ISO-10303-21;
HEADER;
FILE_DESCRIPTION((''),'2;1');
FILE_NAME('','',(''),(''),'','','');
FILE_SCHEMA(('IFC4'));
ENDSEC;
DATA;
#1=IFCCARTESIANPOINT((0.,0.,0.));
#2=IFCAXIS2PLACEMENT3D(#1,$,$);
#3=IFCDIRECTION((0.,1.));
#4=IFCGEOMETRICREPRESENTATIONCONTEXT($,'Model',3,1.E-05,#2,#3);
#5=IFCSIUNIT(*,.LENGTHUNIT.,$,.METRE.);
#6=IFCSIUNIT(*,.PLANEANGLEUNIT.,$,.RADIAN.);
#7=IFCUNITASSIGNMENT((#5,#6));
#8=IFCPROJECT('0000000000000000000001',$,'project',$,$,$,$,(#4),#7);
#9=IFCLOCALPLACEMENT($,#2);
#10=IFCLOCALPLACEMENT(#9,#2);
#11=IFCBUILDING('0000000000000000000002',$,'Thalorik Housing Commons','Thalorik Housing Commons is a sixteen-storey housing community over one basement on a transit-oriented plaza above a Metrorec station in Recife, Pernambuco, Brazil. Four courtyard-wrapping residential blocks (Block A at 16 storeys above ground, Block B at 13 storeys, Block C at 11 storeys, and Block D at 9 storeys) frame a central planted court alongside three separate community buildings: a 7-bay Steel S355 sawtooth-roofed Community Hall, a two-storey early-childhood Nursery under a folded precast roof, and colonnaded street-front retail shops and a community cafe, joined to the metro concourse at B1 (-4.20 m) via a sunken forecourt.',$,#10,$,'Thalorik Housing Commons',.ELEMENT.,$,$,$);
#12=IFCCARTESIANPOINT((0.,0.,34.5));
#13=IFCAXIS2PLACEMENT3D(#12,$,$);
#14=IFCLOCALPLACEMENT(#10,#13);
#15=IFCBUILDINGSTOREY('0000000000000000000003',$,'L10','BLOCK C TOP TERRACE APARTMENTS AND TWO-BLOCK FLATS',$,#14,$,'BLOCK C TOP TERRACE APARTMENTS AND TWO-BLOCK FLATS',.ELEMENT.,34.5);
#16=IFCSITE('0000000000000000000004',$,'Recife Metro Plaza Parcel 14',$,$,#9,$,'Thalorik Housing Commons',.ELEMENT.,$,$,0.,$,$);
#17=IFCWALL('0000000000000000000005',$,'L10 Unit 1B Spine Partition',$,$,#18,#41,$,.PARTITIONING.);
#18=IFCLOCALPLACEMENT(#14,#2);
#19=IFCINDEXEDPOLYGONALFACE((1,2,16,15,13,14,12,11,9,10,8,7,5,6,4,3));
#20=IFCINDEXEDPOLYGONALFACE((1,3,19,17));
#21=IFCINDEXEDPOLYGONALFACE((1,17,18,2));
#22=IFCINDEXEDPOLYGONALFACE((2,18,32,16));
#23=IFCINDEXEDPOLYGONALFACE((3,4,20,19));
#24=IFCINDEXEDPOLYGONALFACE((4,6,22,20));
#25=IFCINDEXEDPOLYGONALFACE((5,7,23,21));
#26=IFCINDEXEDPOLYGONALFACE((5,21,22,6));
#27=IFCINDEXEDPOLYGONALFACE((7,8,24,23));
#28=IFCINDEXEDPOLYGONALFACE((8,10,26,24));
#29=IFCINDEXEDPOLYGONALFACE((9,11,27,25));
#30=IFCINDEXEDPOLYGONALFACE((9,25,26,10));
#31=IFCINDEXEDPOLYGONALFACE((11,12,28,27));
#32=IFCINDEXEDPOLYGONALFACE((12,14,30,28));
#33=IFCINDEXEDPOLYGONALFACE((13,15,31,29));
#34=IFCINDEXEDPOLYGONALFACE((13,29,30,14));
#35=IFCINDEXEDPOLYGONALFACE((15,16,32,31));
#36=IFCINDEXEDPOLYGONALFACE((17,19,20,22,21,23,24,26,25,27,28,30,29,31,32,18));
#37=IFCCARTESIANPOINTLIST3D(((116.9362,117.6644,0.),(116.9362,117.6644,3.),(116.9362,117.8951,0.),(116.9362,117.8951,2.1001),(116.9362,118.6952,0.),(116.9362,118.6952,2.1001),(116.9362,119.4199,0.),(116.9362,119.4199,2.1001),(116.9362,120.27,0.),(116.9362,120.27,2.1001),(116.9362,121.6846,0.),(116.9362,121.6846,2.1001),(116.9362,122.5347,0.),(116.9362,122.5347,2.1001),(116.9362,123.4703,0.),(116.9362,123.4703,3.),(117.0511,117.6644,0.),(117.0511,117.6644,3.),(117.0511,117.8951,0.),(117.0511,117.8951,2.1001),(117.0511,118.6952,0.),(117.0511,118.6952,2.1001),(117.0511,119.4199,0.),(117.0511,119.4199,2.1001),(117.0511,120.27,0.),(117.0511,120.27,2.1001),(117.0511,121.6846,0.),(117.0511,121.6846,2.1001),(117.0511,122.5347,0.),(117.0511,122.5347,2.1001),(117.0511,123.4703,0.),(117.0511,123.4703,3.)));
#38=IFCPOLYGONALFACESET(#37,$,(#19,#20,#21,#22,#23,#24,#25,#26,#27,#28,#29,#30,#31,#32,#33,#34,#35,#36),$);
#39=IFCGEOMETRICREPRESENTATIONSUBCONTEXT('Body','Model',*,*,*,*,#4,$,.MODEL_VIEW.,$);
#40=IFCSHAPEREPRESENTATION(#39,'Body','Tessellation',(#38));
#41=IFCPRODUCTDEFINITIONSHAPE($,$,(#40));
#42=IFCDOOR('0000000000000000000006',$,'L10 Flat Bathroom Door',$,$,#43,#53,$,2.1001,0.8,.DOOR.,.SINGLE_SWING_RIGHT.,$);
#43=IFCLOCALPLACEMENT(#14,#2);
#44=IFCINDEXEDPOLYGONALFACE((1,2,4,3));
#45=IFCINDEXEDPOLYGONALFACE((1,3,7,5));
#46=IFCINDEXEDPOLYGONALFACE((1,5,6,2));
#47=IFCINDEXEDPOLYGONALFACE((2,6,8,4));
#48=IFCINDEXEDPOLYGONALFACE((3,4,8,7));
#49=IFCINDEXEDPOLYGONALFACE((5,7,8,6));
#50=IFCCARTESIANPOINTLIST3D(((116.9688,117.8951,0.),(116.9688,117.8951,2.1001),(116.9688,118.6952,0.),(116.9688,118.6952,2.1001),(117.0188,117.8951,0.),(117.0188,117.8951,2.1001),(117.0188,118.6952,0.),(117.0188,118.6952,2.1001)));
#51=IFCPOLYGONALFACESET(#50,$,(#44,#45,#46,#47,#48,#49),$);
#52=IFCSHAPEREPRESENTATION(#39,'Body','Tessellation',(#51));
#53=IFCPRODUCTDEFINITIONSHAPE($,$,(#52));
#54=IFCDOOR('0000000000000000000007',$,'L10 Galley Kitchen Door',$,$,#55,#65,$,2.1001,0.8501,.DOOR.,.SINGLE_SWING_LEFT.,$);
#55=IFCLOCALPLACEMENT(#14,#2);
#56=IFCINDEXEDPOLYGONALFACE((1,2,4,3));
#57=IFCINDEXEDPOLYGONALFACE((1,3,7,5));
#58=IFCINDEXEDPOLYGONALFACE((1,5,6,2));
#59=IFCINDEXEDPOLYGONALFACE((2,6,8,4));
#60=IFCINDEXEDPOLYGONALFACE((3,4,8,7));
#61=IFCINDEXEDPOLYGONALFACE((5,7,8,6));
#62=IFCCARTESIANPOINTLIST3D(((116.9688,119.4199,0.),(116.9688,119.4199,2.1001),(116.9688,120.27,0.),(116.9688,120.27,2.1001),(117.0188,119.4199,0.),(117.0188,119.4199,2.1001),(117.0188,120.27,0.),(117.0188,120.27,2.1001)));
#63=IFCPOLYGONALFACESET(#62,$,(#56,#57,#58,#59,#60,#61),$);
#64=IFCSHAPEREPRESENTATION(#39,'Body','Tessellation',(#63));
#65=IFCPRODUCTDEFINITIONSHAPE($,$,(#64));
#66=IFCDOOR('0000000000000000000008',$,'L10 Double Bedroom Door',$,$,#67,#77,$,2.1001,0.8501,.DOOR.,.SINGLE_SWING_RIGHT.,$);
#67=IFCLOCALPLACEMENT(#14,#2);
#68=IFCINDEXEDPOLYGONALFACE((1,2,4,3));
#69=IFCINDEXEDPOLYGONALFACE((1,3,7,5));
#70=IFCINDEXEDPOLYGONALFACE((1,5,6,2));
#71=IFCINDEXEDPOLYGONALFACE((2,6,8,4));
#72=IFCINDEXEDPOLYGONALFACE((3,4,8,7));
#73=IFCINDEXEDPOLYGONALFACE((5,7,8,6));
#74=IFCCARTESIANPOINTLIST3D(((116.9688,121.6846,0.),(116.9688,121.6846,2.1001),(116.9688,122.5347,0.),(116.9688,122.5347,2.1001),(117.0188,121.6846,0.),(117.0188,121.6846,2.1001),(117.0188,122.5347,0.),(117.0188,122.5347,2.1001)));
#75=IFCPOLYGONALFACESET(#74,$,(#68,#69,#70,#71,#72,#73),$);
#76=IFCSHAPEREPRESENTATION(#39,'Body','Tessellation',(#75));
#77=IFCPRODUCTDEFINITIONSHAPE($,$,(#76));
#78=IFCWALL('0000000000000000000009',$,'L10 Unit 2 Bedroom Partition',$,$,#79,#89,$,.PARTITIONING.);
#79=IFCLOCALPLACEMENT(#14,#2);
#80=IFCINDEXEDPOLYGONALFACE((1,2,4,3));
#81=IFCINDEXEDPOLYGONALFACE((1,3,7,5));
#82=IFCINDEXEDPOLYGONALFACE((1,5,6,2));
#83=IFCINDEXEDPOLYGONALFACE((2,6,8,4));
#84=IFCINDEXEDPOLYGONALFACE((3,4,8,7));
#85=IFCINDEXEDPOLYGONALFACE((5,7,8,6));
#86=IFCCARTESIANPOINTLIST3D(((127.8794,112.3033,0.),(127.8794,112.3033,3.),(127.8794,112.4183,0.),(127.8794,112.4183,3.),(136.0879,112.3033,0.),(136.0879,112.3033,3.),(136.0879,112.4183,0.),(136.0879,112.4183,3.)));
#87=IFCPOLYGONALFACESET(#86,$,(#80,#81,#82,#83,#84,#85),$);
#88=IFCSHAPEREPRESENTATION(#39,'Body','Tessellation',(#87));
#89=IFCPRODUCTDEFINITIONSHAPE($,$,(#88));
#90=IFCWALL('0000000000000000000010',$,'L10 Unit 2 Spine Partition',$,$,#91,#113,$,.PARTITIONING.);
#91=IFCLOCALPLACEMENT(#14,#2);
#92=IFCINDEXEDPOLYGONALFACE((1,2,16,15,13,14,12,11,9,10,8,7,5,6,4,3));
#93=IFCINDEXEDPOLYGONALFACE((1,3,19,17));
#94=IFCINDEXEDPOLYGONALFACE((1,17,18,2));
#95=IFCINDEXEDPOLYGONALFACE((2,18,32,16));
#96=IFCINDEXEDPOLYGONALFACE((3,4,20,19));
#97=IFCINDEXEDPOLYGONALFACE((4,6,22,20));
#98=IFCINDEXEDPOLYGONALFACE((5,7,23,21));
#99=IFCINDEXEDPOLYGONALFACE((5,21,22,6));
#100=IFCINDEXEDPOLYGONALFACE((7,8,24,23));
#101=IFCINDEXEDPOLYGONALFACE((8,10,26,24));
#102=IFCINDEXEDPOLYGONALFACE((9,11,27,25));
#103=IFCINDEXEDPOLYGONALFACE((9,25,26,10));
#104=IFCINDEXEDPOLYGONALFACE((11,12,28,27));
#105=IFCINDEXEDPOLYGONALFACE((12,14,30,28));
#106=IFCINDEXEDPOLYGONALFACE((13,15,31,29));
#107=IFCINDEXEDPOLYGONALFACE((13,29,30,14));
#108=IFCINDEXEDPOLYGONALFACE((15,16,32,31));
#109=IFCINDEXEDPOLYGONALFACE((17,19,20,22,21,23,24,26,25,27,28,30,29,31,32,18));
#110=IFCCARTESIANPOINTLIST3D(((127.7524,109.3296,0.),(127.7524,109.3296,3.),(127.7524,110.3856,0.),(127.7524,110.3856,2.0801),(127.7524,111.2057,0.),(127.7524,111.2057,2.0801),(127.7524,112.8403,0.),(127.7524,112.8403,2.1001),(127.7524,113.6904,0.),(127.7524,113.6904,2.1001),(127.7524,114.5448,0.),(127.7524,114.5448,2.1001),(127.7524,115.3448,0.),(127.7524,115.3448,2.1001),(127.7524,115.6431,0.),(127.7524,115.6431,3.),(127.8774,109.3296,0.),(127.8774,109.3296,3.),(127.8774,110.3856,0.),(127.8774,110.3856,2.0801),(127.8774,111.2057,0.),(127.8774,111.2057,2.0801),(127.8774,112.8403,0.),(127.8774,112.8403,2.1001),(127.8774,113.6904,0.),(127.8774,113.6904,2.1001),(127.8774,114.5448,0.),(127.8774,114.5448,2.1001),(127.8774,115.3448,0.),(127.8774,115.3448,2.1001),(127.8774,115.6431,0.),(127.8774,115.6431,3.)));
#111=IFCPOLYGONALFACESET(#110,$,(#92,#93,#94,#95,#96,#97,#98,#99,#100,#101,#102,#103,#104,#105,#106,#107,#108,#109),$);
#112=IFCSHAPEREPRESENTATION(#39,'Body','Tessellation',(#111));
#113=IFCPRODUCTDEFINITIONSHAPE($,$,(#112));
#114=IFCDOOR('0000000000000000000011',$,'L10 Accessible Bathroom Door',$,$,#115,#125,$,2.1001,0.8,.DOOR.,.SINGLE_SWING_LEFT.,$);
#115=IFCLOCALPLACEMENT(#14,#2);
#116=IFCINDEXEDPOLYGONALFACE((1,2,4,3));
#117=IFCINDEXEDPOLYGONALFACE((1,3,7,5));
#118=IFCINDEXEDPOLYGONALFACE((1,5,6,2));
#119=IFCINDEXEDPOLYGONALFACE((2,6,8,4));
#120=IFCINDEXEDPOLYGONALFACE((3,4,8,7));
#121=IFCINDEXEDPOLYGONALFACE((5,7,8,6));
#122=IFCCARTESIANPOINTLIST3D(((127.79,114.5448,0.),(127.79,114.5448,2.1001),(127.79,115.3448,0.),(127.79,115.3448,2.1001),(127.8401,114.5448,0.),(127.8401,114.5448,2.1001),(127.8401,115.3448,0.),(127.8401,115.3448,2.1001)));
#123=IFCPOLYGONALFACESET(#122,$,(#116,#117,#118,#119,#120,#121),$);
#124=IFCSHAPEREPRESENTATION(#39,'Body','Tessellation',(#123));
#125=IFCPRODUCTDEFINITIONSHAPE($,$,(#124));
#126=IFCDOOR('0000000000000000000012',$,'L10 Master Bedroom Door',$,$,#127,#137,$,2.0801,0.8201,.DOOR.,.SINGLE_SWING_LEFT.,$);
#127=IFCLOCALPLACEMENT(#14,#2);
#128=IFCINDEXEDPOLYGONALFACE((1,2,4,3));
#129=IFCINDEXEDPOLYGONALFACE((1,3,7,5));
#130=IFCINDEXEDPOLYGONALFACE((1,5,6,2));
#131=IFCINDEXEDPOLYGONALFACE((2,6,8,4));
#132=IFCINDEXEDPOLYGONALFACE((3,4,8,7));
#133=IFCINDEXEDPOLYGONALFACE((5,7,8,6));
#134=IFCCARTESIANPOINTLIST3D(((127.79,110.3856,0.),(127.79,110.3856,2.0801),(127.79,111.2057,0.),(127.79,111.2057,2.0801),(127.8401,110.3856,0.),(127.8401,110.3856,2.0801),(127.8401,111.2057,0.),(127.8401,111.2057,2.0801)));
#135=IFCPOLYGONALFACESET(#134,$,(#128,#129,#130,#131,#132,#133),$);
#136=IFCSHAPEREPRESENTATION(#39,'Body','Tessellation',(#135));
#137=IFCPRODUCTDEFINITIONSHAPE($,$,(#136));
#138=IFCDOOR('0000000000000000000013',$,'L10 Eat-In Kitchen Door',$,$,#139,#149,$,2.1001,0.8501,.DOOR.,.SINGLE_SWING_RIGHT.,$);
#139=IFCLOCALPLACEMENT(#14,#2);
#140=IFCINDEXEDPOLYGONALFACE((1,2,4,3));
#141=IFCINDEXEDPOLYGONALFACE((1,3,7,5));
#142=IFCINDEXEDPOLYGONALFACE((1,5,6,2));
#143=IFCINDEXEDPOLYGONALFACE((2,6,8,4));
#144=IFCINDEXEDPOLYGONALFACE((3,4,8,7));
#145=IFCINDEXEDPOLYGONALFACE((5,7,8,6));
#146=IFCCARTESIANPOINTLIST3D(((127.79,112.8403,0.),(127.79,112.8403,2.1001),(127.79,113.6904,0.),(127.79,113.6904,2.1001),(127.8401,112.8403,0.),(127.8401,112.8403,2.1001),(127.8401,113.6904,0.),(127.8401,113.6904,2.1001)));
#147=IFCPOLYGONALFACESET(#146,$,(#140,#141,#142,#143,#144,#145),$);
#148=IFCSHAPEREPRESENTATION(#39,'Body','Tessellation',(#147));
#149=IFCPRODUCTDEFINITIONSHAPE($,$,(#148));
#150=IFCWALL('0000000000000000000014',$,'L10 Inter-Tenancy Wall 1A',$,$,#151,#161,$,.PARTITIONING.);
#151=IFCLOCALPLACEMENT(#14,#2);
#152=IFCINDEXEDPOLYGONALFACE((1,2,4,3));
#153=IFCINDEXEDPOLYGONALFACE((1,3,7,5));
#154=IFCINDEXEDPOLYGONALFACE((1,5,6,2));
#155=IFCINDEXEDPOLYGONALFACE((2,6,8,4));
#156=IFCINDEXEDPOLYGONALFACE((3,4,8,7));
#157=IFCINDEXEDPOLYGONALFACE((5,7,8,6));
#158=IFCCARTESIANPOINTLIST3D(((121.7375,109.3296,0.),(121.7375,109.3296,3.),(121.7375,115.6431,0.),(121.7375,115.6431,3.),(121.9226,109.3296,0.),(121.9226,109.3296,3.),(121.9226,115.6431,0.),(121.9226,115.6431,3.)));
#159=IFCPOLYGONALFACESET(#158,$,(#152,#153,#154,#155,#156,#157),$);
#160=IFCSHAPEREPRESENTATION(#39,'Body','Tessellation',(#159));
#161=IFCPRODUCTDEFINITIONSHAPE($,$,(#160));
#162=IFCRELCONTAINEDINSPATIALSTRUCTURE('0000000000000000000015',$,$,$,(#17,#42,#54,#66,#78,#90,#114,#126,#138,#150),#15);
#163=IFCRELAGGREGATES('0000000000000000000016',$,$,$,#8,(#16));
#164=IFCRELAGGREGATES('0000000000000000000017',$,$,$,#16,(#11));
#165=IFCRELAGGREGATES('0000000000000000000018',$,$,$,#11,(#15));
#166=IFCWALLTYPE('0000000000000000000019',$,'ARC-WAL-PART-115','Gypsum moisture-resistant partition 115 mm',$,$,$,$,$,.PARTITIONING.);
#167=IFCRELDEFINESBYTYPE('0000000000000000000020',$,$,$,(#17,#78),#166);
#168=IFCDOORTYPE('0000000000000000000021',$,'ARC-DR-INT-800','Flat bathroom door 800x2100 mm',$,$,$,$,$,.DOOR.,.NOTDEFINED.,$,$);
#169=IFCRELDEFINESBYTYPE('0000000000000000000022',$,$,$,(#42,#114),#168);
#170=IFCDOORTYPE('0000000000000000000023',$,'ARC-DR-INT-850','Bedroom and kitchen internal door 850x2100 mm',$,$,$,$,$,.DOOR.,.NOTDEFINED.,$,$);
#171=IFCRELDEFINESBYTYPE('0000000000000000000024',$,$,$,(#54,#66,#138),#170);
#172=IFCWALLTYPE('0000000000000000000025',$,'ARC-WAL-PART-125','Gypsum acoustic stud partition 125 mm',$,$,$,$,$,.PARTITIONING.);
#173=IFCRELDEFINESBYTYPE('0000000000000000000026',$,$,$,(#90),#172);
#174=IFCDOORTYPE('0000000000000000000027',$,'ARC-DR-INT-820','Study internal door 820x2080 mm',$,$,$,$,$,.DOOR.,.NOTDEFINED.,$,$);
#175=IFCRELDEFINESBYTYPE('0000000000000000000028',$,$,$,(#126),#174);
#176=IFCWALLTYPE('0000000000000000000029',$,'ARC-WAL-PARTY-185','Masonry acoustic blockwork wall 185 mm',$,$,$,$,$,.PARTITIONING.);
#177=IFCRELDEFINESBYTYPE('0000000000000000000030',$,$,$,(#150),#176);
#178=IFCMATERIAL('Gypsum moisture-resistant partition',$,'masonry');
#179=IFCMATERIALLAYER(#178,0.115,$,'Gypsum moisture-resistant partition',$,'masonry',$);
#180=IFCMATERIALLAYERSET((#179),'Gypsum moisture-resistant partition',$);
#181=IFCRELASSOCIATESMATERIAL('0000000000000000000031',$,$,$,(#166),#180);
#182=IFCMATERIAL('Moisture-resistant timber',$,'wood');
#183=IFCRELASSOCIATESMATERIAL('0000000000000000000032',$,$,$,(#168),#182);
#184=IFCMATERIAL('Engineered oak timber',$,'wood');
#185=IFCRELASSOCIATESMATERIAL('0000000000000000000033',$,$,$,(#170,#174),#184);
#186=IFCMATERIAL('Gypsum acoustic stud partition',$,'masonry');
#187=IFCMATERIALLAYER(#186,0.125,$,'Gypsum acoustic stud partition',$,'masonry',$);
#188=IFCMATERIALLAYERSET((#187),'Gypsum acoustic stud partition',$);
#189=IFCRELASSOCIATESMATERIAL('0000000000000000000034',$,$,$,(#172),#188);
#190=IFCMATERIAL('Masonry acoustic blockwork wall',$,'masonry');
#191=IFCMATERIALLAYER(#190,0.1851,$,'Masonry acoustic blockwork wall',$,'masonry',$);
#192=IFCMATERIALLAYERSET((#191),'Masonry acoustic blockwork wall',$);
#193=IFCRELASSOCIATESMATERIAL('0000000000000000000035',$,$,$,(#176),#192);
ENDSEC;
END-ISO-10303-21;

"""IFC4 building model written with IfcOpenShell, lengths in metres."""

from ifc_helpers import new_model, si_unit, direction, frame, frame_2d, origin, place, context, subcontext, project, spatial, rectangle, extrude, material, layer, layer_set, type_object, element, fill, save


model = new_model("IFC4")

# Units and contexts
model_context = context("Model", 3, precision=1e-05, world=origin(), true_north=direction((0.0, 1.0)))
body_context = subcontext(model_context, "Body", "Model", "MODEL_VIEW")
ifc_project = project(units=[si_unit("LENGTHUNIT", "METRE"), si_unit("PLANEANGLEUNIT", "RADIAN")], contexts=[model_context])

# Site, building, storey
site_placement = place(None, origin())
site = spatial("IfcSite", under=ifc_project, at=site_placement, Name="Recife Metro Plaza Parcel 14", LongName="Thalorik Housing Commons", CompositionType="ELEMENT", RefElevation=0.0)
building_placement = place(site_placement, origin())
building = spatial("IfcBuilding", under=site, at=building_placement, Name="Thalorik Housing Commons", Description="Thalorik Housing Commons is a sixteen-storey housing community over one basement on a transit-oriented plaza above a Metrorec station in Recife, Pernambuco, Brazil. Four courtyard-wrapping residential blocks (Block A at 16 storeys above ground, Block B at 13 storeys, Block C at 11 storeys, and Block D at 9 storeys) frame a central planted court alongside three separate community buildings: a 7-bay Steel S355 sawtooth-roofed Community Hall, a two-storey early-childhood Nursery under a folded precast roof, and colonnaded street-front retail shops and a community cafe, joined to the metro concourse at B1 (-4.20 m) via a sunken forecourt.", LongName="Thalorik Housing Commons", CompositionType="ELEMENT")
storey_placement = place(building_placement, frame((0.0, 0.0, 34.5)))
storey = spatial("IfcBuildingStorey", under=building, at=storey_placement, Name="L10", Description="BLOCK C TOP TERRACE APARTMENTS AND TWO-BLOCK FLATS", LongName="BLOCK C TOP TERRACE APARTMENTS AND TWO-BLOCK FLATS", CompositionType="ELEMENT", Elevation=34.5)

# Wall, openings, doors
ifc_material_1 = material(Name="Gypsum moisture-resistant partition", Category="masonry")
ifc_layer_1 = layer(ifc_material_1, 0.115, Name="Gypsum moisture-resistant partition", Category="masonry")
ifc_layer_set_1 = layer_set([ifc_layer_1], Name="Gypsum moisture-resistant partition")
wall_type_1 = type_object("IfcWallType", Name="ARC-WAL-PART-115", Description="Gypsum moisture-resistant partition 115 mm", PredefinedType="PARTITIONING", material=ifc_layer_set_1)
wall_1_placement = place(storey_placement, frame((116.9937, 117.6646, 0.0), z_axis=(0.0, 0.0, 1.0), x_axis=(0.0, 1.0, 0.0)))
wall_1 = element("IfcWall", 1, at=wall_1_placement, inside=storey, type_object=wall_type_1, Name="L10 Unit 1B Spine Partition", PredefinedType="PARTITIONING", context=body_context, shape_type="SweptSolid", body=[
    extrude(rectangle(XDim=5.8059, YDim=0.115, at=frame_2d((2.9028, 0.0))), origin(), (0.0, 0.0, 1.0), 3.0),
])
opening_1_placement = place(wall_1_placement, frame((0.2307, 0.0, 0.0)))
opening_1 = element("IfcOpeningElement", 2, at=opening_1_placement, cuts=wall_1, PredefinedType="OPENING", context=body_context, shape_type="SweptSolid", body=[
    extrude(rectangle(XDim=0.8, YDim=2.1001, at=frame_2d((0.3999, 1.05))), frame((0.0, 0.0674, 0.0), z_axis=(0.0, -1.0, 0.0), x_axis=(1.0, 0.0, 0.0)), (0.0, 0.0, 1.0), 0.135),
])
opening_2_placement = place(wall_1_placement, frame((1.7554, 0.0, 0.0)))
opening_2 = element("IfcOpeningElement", 3, at=opening_2_placement, cuts=wall_1, PredefinedType="OPENING", context=body_context, shape_type="SweptSolid", body=[
    extrude(rectangle(XDim=0.8501, YDim=2.1001, at=frame_2d((0.425, 1.05))), frame((0.0, 0.0674, 0.0), z_axis=(0.0, -1.0, 0.0), x_axis=(1.0, 0.0, 0.0)), (0.0, 0.0, 1.0), 0.135),
])
opening_3_placement = place(wall_1_placement, frame((4.02, 0.0, 0.0)))
opening_3 = element("IfcOpeningElement", 4, at=opening_3_placement, cuts=wall_1, PredefinedType="OPENING", context=body_context, shape_type="SweptSolid", body=[
    extrude(rectangle(XDim=0.8501, YDim=2.1001, at=frame_2d((0.425, 1.05))), frame((0.0, 0.0674, 0.0), z_axis=(0.0, -1.0, 0.0), x_axis=(1.0, 0.0, 0.0)), (0.0, 0.0, 1.0), 0.135),
])
ifc_material_2 = material(Name="Moisture-resistant timber", Category="wood")
door_type_1 = type_object("IfcDoorType", Name="ARC-DR-INT-800", Description="Flat bathroom door 800x2100 mm", OperationType="NOTDEFINED", PredefinedType="DOOR", material=ifc_material_2)
door_1_placement = place(opening_1_placement, origin())
door_1 = element("IfcDoor", 5, at=door_1_placement, inside=storey, type_object=door_type_1, Name="L10 Flat Bathroom Door", OperationType="SINGLE_SWING_RIGHT", OverallHeight=2.1001, OverallWidth=0.8, PredefinedType="DOOR", context=body_context, shape_type="SweptSolid", body=[
    extrude(rectangle(XDim=0.8, YDim=2.1001, at=frame_2d((0.3999, 1.05))), frame((0.0, 0.0249, 0.0), z_axis=(0.0, -1.0, 0.0), x_axis=(1.0, 0.0, 0.0)), (0.0, 0.0, 1.0), 0.05),
])
fill(opening_1, door_1)
ifc_material_3 = material(Name="Engineered oak timber", Category="wood")
door_type_2 = type_object("IfcDoorType", Name="ARC-DR-INT-850", Description="Bedroom and kitchen internal door 850x2100 mm", OperationType="NOTDEFINED", PredefinedType="DOOR", material=ifc_material_3)
door_2_placement = place(opening_2_placement, origin())
door_2 = element("IfcDoor", 6, at=door_2_placement, inside=storey, type_object=door_type_2, Name="L10 Galley Kitchen Door", OperationType="SINGLE_SWING_LEFT", OverallHeight=2.1001, OverallWidth=0.8501, PredefinedType="DOOR", context=body_context, shape_type="SweptSolid", body=[
    extrude(rectangle(XDim=0.8501, YDim=2.1001, at=frame_2d((0.425, 1.05))), frame((0.0, 0.0249, 0.0), z_axis=(0.0, -1.0, 0.0), x_axis=(1.0, 0.0, 0.0)), (0.0, 0.0, 1.0), 0.05),
])
fill(opening_2, door_2)
door_3_placement = place(opening_3_placement, origin())
door_3 = element("IfcDoor", 7, at=door_3_placement, inside=storey, type_object=door_type_2, Name="L10 Double Bedroom Door", OperationType="SINGLE_SWING_RIGHT", OverallHeight=2.1001, OverallWidth=0.8501, PredefinedType="DOOR", context=body_context, shape_type="SweptSolid", body=[
    extrude(rectangle(XDim=0.8501, YDim=2.1001, at=frame_2d((0.425, 1.05))), frame((0.0, 0.0249, 0.0), z_axis=(0.0, -1.0, 0.0), x_axis=(1.0, 0.0, 0.0)), (0.0, 0.0, 1.0), 0.05),
])
fill(opening_3, door_3)

# Wall
wall_2_placement = place(storey_placement, frame((127.8794, 112.3608, 0.0), z_axis=(0.0, 0.0, 1.0), x_axis=(1.0, 0.0, 0.0)))
element("IfcWall", 8, at=wall_2_placement, inside=storey, type_object=wall_type_1, Name="L10 Unit 2 Bedroom Partition", PredefinedType="PARTITIONING", context=body_context, shape_type="SweptSolid", body=[
    extrude(rectangle(XDim=8.2085, YDim=0.115, at=frame_2d((4.1042, 0.0))), origin(), (0.0, 0.0, 1.0), 3.0),
])
ifc_material_4 = material(Name="Gypsum acoustic stud partition", Category="masonry")
ifc_layer_2 = layer(ifc_material_4, 0.125, Name="Gypsum acoustic stud partition", Category="masonry")
ifc_layer_set_2 = layer_set([ifc_layer_2], Name="Gypsum acoustic stud partition")
wall_type_2 = type_object("IfcWallType", Name="ARC-WAL-PART-125", Description="Gypsum acoustic stud partition 125 mm", PredefinedType="PARTITIONING", material=ifc_layer_set_2)

# Wall, openings, doors
wall_3_placement = place(storey_placement, frame((127.8149, 109.3296, 0.0), z_axis=(0.0, 0.0, 1.0), x_axis=(0.0, 1.0, 0.0)))
wall_3 = element("IfcWall", 9, at=wall_3_placement, inside=storey, type_object=wall_type_2, Name="L10 Unit 2 Spine Partition", PredefinedType="PARTITIONING", context=body_context, shape_type="SweptSolid", body=[
    extrude(rectangle(XDim=6.3135, YDim=0.125, at=frame_2d((3.1567, 0.0))), origin(), (0.0, 0.0, 1.0), 3.0),
])
opening_4_placement = place(wall_3_placement, frame((1.0559, 0.0, 0.0)))
opening_4 = element("IfcOpeningElement", 10, at=opening_4_placement, cuts=wall_3, PredefinedType="OPENING", context=body_context, shape_type="SweptSolid", body=[
    extrude(rectangle(XDim=0.8201, YDim=2.0801, at=frame_2d((0.4102, 1.04))), frame((0.0, 0.0725, 0.0), z_axis=(0.0, -1.0, 0.0), x_axis=(1.0, 0.0, 0.0)), (0.0, 0.0, 1.0), 0.145),
])
opening_5_placement = place(wall_3_placement, frame((3.5107, 0.0, 0.0)))
opening_5 = element("IfcOpeningElement", 11, at=opening_5_placement, cuts=wall_3, PredefinedType="OPENING", context=body_context, shape_type="SweptSolid", body=[
    extrude(rectangle(XDim=0.8501, YDim=2.1001, at=frame_2d((0.425, 1.05))), frame((0.0, 0.0725, 0.0), z_axis=(0.0, -1.0, 0.0), x_axis=(1.0, 0.0, 0.0)), (0.0, 0.0, 1.0), 0.145),
])
opening_6_placement = place(wall_3_placement, frame((5.2153, 0.0, 0.0)))
opening_6 = element("IfcOpeningElement", 12, at=opening_6_placement, cuts=wall_3, PredefinedType="OPENING", context=body_context, shape_type="SweptSolid", body=[
    extrude(rectangle(XDim=0.8, YDim=2.1001, at=frame_2d((0.3999, 1.05))), frame((0.0, 0.0725, 0.0), z_axis=(0.0, -1.0, 0.0), x_axis=(1.0, 0.0, 0.0)), (0.0, 0.0, 1.0), 0.145),
])
door_4_placement = place(opening_6_placement, origin())
door_4 = element("IfcDoor", 13, at=door_4_placement, inside=storey, type_object=door_type_1, Name="L10 Accessible Bathroom Door", OperationType="SINGLE_SWING_LEFT", OverallHeight=2.1001, OverallWidth=0.8, PredefinedType="DOOR", context=body_context, shape_type="SweptSolid", body=[
    extrude(rectangle(XDim=0.8, YDim=2.1001, at=frame_2d((0.3999, 1.05))), frame((0.0, 0.0249, 0.0), z_axis=(0.0, -1.0, 0.0), x_axis=(1.0, 0.0, 0.0)), (0.0, 0.0, 1.0), 0.05),
])
fill(opening_6, door_4)
door_type_3 = type_object("IfcDoorType", Name="ARC-DR-INT-820", Description="Study internal door 820x2080 mm", OperationType="NOTDEFINED", PredefinedType="DOOR", material=ifc_material_3)
door_5_placement = place(opening_4_placement, origin())
door_5 = element("IfcDoor", 14, at=door_5_placement, inside=storey, type_object=door_type_3, Name="L10 Master Bedroom Door", OperationType="SINGLE_SWING_LEFT", OverallHeight=2.0801, OverallWidth=0.8201, PredefinedType="DOOR", context=body_context, shape_type="SweptSolid", body=[
    extrude(rectangle(XDim=0.8201, YDim=2.0801, at=frame_2d((0.4102, 1.04))), frame((0.0, 0.0249, 0.0), z_axis=(0.0, -1.0, 0.0), x_axis=(1.0, 0.0, 0.0)), (0.0, 0.0, 1.0), 0.05),
])
fill(opening_4, door_5)
door_6_placement = place(opening_5_placement, origin())
door_6 = element("IfcDoor", 15, at=door_6_placement, inside=storey, type_object=door_type_2, Name="L10 Eat-In Kitchen Door", OperationType="SINGLE_SWING_RIGHT", OverallHeight=2.1001, OverallWidth=0.8501, PredefinedType="DOOR", context=body_context, shape_type="SweptSolid", body=[
    extrude(rectangle(XDim=0.8501, YDim=2.1001, at=frame_2d((0.425, 1.05))), frame((0.0, 0.0249, 0.0), z_axis=(0.0, -1.0, 0.0), x_axis=(1.0, 0.0, 0.0)), (0.0, 0.0, 1.0), 0.05),
])
fill(opening_5, door_6)

# Wall
ifc_material_5 = material(Name="Masonry acoustic blockwork wall", Category="masonry")
ifc_layer_3 = layer(ifc_material_5, 0.1851, Name="Masonry acoustic blockwork wall", Category="masonry")
ifc_layer_set_3 = layer_set([ifc_layer_3], Name="Masonry acoustic blockwork wall")
wall_type_3 = type_object("IfcWallType", Name="ARC-WAL-PARTY-185", Description="Masonry acoustic blockwork wall 185 mm", PredefinedType="PARTITIONING", material=ifc_layer_set_3)
wall_4_placement = place(storey_placement, frame((121.8301, 109.3296, 0.0), z_axis=(0.0, 0.0, 1.0), x_axis=(0.0, 1.0, 0.0)))
element("IfcWall", 16, at=wall_4_placement, inside=storey, type_object=wall_type_3, Name="L10 Inter-Tenancy Wall 1A", PredefinedType="PARTITIONING", context=body_context, shape_type="SweptSolid", body=[
    extrude(rectangle(XDim=6.3135, YDim=0.1851, at=frame_2d((3.1567, 0.0))), origin(), (0.0, 0.0, 1.0), 3.0),
])

save(model, "model.ifc")
